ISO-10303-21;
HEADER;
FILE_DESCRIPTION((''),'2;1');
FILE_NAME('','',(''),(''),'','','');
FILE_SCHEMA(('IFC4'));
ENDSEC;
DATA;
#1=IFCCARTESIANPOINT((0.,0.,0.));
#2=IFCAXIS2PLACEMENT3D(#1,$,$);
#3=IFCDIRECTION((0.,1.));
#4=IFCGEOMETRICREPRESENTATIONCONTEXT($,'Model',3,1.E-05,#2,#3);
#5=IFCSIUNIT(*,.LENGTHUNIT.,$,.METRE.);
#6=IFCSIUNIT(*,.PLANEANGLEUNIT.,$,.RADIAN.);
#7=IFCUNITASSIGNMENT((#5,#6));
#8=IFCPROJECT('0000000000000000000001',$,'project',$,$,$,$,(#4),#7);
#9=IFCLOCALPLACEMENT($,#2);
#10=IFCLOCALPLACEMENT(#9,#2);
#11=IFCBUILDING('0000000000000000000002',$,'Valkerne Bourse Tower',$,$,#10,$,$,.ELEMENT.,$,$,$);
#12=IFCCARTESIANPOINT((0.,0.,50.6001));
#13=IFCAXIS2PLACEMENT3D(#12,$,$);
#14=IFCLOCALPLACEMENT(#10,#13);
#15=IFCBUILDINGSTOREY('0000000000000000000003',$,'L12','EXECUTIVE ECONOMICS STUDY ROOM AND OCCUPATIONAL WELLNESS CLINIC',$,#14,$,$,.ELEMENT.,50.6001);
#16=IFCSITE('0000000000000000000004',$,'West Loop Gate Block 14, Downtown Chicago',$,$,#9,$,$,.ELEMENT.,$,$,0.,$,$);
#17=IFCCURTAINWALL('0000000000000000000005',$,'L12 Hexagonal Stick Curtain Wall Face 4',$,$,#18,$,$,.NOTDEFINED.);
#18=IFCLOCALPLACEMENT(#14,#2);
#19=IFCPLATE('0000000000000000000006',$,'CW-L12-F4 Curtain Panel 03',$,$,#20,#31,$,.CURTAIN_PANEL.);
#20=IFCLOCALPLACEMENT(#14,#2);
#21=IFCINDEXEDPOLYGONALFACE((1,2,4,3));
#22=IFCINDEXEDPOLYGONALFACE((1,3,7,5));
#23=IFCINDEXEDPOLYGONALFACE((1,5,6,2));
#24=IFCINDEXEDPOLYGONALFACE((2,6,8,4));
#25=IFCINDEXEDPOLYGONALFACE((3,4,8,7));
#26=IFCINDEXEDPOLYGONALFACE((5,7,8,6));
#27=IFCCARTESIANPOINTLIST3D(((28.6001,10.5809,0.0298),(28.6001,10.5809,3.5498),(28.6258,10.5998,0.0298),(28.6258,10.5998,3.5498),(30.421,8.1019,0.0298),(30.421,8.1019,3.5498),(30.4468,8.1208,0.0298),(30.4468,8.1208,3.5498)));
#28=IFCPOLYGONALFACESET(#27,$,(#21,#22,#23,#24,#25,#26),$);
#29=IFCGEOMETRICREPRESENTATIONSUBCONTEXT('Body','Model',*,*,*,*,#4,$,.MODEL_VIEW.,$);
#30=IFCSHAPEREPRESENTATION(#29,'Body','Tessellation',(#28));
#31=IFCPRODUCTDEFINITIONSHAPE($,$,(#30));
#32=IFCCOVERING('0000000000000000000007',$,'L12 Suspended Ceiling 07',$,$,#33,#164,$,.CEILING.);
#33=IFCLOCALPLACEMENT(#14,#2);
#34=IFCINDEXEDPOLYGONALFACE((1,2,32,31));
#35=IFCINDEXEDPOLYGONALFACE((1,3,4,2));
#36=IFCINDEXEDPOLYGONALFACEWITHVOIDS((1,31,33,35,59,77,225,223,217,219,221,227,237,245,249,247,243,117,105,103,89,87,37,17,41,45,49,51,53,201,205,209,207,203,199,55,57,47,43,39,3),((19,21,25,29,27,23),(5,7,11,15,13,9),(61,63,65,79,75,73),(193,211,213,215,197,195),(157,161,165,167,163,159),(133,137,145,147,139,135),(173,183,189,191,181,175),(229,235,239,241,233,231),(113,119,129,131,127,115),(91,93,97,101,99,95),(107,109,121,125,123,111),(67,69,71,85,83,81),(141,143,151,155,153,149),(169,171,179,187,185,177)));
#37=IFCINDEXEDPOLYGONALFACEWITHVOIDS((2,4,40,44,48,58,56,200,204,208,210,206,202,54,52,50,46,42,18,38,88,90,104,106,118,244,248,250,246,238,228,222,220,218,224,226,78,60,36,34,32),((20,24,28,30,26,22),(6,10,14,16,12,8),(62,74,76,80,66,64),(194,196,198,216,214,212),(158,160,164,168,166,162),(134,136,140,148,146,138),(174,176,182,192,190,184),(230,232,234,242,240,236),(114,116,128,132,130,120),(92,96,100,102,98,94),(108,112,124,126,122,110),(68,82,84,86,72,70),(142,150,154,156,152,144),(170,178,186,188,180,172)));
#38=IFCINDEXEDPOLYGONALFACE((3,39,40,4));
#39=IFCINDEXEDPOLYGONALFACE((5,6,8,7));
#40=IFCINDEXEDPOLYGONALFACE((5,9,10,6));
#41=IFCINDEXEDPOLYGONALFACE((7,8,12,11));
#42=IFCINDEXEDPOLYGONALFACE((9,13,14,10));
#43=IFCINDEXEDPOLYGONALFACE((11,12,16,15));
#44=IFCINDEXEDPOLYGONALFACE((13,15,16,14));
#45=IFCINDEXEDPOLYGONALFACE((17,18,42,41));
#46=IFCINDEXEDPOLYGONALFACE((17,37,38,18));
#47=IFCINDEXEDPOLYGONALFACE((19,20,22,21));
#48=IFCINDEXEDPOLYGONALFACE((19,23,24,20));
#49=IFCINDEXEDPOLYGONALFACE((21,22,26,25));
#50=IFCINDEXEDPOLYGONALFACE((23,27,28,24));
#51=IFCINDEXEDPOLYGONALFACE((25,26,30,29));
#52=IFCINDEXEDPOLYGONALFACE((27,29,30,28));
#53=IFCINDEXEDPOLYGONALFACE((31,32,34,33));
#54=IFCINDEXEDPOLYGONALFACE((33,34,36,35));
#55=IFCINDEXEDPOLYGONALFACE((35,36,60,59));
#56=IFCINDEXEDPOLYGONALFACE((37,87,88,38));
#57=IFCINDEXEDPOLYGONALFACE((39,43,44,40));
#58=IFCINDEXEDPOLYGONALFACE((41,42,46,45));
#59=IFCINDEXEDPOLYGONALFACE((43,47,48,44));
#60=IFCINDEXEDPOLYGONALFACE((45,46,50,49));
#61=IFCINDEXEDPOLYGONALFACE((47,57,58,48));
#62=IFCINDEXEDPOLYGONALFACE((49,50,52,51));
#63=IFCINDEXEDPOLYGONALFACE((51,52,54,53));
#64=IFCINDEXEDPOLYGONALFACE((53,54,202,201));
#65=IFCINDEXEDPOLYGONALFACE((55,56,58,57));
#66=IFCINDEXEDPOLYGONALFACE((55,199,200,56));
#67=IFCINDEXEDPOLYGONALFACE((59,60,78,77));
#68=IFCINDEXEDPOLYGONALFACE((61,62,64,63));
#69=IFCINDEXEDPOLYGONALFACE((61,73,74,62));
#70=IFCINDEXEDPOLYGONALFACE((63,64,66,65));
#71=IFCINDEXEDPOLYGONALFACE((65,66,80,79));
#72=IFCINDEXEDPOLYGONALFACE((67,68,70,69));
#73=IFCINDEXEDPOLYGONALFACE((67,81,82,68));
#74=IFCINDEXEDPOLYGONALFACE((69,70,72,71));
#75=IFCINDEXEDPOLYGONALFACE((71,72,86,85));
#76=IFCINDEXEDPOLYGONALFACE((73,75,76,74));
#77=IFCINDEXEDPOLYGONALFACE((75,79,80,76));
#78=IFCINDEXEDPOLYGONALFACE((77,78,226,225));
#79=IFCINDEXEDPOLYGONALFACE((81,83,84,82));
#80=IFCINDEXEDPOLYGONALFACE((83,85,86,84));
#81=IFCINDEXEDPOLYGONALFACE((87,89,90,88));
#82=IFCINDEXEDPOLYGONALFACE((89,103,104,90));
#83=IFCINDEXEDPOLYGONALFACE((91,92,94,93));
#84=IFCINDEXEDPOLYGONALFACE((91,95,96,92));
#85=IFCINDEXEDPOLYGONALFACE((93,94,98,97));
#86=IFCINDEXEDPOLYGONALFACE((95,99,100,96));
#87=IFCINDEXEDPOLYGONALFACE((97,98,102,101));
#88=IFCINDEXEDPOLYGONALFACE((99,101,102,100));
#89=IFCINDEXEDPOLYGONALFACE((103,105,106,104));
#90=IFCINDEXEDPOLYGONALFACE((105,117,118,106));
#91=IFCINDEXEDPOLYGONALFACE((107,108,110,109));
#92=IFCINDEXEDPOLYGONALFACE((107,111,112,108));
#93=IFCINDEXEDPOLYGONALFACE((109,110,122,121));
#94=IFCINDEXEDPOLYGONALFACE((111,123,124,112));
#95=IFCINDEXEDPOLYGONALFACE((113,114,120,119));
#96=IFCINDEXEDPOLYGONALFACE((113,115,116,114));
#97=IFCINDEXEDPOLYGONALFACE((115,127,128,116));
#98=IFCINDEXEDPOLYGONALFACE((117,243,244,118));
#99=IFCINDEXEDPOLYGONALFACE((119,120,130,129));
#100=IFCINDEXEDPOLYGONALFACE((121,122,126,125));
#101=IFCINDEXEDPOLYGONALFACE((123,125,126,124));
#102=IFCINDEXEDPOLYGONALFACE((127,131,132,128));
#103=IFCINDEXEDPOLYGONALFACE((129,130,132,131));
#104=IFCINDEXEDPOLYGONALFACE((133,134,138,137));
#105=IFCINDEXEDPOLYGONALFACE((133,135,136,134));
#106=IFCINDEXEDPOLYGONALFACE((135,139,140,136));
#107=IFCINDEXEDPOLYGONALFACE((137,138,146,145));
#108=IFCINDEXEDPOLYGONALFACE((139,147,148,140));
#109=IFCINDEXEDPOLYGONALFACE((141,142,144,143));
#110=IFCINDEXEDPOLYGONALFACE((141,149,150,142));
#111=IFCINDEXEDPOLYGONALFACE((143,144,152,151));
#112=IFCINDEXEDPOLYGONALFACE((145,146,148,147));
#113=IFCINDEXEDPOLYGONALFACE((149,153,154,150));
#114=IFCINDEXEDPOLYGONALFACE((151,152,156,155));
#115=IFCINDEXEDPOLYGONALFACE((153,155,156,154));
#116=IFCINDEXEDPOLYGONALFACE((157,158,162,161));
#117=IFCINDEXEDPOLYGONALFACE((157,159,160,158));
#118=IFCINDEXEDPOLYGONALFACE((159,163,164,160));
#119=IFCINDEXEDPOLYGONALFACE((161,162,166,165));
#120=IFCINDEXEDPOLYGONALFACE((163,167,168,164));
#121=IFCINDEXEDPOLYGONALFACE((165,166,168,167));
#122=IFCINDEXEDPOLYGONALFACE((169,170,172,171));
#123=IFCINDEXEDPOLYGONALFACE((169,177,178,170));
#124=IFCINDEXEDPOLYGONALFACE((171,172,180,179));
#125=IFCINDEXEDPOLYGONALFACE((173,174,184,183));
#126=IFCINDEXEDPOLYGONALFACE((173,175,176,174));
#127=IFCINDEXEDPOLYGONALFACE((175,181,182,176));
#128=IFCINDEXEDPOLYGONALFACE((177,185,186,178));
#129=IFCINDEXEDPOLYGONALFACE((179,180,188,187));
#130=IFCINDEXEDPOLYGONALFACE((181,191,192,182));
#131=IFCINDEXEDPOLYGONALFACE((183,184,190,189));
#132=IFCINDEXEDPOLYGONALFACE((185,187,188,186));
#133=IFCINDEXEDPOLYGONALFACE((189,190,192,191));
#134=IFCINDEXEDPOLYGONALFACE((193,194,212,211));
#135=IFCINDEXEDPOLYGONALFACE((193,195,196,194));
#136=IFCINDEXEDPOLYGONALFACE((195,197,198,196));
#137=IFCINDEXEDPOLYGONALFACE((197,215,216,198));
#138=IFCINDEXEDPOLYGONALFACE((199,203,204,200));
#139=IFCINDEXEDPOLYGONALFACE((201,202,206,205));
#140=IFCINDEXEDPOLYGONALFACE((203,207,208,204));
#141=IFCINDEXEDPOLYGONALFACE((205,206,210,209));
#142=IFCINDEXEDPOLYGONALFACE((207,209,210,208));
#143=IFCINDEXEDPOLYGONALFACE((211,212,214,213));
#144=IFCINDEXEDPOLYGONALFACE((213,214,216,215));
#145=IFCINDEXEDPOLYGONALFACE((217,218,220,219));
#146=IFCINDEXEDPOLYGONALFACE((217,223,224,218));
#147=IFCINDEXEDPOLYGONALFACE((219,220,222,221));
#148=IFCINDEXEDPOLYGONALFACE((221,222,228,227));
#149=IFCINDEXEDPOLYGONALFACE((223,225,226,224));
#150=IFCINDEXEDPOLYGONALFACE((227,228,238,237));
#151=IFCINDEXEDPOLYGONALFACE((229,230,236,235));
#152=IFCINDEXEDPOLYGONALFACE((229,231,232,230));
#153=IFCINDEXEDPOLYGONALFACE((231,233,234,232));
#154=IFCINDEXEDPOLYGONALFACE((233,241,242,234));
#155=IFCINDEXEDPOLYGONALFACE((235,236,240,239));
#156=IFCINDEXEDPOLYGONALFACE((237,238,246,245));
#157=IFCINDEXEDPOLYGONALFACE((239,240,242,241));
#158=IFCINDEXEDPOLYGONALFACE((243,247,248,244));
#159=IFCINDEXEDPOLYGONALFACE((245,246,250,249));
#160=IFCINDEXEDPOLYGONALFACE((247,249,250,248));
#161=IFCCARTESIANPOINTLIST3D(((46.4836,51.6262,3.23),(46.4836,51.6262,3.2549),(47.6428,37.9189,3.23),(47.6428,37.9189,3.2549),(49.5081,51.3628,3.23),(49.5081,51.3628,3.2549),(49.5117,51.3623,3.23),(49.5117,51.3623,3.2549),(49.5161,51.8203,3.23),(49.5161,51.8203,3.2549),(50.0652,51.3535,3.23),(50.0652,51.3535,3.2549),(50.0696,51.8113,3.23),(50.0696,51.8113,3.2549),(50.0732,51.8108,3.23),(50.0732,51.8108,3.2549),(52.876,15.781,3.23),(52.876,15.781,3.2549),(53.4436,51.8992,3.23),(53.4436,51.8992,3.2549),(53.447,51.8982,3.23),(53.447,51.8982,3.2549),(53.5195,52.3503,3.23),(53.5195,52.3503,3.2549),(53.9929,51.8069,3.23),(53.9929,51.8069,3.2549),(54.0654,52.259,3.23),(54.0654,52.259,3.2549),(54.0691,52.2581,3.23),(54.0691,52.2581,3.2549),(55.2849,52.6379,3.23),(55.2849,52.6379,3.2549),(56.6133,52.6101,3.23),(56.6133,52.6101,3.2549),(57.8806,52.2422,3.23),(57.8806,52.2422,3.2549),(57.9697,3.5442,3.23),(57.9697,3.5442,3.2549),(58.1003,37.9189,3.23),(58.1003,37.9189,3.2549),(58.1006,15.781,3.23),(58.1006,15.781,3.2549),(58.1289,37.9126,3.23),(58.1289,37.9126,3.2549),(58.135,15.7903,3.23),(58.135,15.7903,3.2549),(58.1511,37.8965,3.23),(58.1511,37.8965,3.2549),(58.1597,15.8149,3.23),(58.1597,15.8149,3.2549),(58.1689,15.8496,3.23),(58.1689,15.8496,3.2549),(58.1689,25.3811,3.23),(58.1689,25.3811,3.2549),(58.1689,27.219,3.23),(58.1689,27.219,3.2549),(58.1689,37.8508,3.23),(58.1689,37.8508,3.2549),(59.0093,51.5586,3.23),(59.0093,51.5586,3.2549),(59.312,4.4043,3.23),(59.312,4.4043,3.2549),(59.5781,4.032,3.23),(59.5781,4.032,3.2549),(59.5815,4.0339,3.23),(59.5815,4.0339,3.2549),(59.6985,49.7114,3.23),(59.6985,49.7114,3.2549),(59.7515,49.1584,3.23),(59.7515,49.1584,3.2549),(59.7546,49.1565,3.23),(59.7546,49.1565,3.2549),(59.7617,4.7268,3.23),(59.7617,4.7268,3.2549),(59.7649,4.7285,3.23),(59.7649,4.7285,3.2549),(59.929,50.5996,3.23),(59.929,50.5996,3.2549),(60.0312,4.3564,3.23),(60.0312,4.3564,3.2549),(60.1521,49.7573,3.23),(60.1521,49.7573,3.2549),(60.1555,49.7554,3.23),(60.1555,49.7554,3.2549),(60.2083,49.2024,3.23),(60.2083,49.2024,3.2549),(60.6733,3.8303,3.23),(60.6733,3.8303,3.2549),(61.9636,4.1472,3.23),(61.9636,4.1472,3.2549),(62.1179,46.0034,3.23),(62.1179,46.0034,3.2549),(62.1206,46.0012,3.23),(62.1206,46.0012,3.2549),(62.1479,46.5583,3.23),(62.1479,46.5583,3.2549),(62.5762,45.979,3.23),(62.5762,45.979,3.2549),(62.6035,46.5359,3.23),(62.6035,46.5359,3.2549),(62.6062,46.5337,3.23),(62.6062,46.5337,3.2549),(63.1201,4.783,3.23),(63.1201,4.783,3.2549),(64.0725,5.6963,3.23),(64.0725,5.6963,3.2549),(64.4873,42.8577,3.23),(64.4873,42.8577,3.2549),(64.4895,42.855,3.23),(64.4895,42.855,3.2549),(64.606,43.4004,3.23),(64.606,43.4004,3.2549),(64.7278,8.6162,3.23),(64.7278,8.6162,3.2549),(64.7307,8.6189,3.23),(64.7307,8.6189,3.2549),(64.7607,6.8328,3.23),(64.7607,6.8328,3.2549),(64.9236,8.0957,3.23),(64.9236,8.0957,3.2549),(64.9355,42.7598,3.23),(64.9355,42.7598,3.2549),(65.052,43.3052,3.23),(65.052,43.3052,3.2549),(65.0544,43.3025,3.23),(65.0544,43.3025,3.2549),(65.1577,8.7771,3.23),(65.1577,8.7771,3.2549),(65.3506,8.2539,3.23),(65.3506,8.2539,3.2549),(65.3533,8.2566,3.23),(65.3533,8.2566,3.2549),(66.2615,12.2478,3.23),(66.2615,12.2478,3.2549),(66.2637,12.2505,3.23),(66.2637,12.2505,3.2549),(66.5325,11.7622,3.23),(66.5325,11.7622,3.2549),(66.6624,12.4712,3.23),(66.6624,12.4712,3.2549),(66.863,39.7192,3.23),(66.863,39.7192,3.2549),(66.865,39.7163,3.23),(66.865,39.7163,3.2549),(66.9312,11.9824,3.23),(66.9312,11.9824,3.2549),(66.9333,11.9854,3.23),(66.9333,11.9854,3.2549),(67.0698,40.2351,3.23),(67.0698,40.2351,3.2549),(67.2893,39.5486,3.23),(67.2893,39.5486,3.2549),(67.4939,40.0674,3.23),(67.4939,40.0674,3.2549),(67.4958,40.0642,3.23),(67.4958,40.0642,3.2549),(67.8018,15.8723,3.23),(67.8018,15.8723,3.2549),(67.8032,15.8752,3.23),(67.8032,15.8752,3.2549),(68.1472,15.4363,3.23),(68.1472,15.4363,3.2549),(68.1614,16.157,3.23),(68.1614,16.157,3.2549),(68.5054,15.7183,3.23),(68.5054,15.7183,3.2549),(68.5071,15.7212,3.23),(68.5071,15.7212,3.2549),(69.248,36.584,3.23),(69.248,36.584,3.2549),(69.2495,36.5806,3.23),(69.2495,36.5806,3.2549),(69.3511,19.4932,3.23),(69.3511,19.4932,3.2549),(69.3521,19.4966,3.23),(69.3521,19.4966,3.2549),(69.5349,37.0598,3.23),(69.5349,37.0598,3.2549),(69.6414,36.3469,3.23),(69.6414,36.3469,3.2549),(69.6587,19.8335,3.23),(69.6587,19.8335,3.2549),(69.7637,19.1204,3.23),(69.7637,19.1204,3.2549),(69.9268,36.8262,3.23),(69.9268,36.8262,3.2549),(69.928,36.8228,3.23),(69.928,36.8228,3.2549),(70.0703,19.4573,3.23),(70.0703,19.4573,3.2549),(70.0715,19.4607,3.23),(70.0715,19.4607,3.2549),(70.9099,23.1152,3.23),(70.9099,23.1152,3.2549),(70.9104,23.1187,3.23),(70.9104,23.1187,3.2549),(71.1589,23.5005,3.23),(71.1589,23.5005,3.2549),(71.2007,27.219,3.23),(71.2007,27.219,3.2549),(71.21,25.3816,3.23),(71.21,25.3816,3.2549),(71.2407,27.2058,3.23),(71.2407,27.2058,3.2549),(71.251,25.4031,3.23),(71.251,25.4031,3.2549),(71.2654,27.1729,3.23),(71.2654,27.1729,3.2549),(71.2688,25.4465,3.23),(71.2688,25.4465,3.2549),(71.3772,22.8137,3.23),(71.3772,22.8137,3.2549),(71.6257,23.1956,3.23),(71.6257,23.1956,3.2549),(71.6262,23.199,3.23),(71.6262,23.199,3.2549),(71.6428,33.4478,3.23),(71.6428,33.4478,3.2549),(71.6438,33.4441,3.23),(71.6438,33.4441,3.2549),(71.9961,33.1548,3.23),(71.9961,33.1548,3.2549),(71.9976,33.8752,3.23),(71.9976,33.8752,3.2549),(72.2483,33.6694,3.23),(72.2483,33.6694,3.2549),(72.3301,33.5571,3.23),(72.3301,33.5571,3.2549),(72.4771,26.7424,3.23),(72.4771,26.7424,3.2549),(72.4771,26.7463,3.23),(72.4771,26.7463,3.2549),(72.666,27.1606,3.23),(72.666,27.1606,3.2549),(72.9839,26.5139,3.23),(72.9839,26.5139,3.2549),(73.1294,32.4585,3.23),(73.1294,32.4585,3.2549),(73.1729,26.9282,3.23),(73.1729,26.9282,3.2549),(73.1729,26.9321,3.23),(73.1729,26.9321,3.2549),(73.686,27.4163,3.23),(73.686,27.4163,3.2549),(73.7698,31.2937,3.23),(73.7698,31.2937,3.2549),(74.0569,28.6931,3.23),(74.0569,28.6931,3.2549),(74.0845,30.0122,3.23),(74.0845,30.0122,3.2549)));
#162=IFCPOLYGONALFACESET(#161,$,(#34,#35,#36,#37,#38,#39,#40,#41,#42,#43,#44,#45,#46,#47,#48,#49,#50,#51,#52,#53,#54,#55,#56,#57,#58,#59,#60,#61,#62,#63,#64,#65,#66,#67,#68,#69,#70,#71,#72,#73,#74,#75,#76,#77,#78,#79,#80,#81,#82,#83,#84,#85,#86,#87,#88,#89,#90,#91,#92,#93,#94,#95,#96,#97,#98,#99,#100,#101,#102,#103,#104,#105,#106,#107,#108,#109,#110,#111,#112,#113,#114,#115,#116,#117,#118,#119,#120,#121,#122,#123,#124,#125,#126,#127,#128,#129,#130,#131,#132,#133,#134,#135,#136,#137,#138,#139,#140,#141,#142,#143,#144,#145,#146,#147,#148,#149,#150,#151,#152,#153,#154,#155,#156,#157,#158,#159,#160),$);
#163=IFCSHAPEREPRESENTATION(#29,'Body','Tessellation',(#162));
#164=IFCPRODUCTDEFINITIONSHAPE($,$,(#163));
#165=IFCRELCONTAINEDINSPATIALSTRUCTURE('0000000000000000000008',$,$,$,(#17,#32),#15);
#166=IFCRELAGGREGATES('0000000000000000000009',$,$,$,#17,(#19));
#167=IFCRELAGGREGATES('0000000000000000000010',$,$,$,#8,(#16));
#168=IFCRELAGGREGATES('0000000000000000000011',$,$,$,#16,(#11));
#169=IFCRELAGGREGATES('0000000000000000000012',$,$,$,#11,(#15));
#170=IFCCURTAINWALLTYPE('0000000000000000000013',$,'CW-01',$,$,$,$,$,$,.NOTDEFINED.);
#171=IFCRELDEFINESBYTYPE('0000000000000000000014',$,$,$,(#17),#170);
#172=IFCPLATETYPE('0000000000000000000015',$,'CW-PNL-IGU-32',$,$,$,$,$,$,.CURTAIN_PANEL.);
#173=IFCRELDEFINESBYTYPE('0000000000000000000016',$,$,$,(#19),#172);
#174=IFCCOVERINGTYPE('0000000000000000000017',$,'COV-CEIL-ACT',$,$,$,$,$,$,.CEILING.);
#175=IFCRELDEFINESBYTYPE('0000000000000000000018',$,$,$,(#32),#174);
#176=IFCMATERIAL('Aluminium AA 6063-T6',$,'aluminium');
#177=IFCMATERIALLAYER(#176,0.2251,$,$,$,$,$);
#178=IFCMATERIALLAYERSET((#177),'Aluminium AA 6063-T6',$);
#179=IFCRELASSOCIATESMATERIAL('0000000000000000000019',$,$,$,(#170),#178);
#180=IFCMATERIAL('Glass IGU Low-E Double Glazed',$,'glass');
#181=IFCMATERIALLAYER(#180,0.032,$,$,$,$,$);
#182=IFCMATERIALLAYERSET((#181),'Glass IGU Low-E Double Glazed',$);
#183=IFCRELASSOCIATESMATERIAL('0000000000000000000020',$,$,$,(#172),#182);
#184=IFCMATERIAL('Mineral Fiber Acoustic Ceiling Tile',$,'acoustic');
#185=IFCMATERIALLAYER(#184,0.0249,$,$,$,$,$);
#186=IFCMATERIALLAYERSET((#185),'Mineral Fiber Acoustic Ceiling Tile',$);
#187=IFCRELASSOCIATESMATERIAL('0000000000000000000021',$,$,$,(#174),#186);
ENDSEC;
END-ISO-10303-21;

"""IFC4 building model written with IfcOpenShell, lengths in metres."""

from ifc_helpers import new_model, si_unit, direction, frame, origin, origin_2d, place, context, subcontext, project, spatial, polyline, rectangle, outline, extrude, material, layer, layer_set, type_object, element, aggregate, save


model = new_model("IFC4")

# Units and contexts
model_context = context("Model", 3, precision=1e-05, world=origin(), true_north=direction((0.0, 1.0)))
body_context = subcontext(model_context, "Body", "Model", "MODEL_VIEW")
ifc_project = project(units=[si_unit("LENGTHUNIT", "METRE"), si_unit("PLANEANGLEUNIT", "RADIAN")], contexts=[model_context])

# Site, building, storey
site_placement = place(None, origin())
site = spatial("IfcSite", under=ifc_project, at=site_placement, Name="West Loop Gate Block 14, Downtown Chicago", CompositionType="ELEMENT", RefElevation=0.0)
building_placement = place(site_placement, origin())
building = spatial("IfcBuilding", under=site, at=building_placement, Name="Valkerne Bourse Tower", CompositionType="ELEMENT")
storey_placement = place(building_placement, frame((0.0, 0.0, 50.6001)))
storey = spatial("IfcBuildingStorey", under=building, at=storey_placement, Name="L12", Description="EXECUTIVE ECONOMICS STUDY ROOM AND OCCUPATIONAL WELLNESS CLINIC", CompositionType="ELEMENT", Elevation=50.6001)

# Curtain wall
ifc_material_1 = material(Name="Aluminium AA 6063-T6", Category="aluminium")
ifc_layer_1 = layer(ifc_material_1, 0.2251)
ifc_layer_set_1 = layer_set([ifc_layer_1], Name="Aluminium AA 6063-T6")
curtain_wall_type = type_object("IfcCurtainWallType", Name="CW-01", PredefinedType="NOTDEFINED", material=ifc_layer_set_1)
curtain_wall_placement = place(storey_placement, origin())
curtain_wall = element("IfcCurtainWall", 1, at=curtain_wall_placement, inside=storey, type_object=curtain_wall_type, Name="L12 Hexagonal Stick Curtain Wall Face 4", PredefinedType="NOTDEFINED")

# Plate
ifc_material_2 = material(Name="Glass IGU Low-E Double Glazed", Category="glass")
ifc_layer_2 = layer(ifc_material_2, 0.032)
ifc_layer_set_2 = layer_set([ifc_layer_2], Name="Glass IGU Low-E Double Glazed")
plate_type = type_object("IfcPlateType", Name="CW-PNL-IGU-32", PredefinedType="CURTAIN_PANEL", material=ifc_layer_set_2)
plate_1_placement = place(storey_placement, frame((29.5234, 9.3508, 0.0298), z_axis=(0.0, 0.0, 1.0), x_axis=(0.592014, -0.805927, 0.0)))
plate_1 = element("IfcPlate", 2, at=plate_1_placement, type_object=plate_type, Name="CW-L12-F4 Curtain Panel 03", PredefinedType="CURTAIN_PANEL", context=body_context, shape_type="SweptSolid", body=[
    extrude(rectangle(XDim=3.0759, YDim=0.032, at=origin_2d()), origin(), (0.0, 0.0, 1.0), 3.52),
])
aggregate(curtain_wall, [plate_1])

# Covering
ifc_material_3 = material(Name="Mineral Fiber Acoustic Ceiling Tile", Category="acoustic")
ifc_layer_3 = layer(ifc_material_3, 0.0249)
ifc_layer_set_3 = layer_set([ifc_layer_3], Name="Mineral Fiber Acoustic Ceiling Tile")
covering_type_1 = type_object("IfcCoveringType", Name="COV-CEIL-ACT", PredefinedType="CEILING", material=ifc_layer_set_3)
covering_1_placement = place(storey_placement, frame((0.0, 0.0, 3.23)))
element("IfcCovering", 3, at=covering_1_placement, inside=storey, type_object=covering_type_1, Name="L12 Suspended Ceiling 07", PredefinedType="CEILING", context=body_context, shape_type="SweptSolid", body=[
    extrude(outline(polyline([(61.9636, 4.1472), (60.6733, 3.8303), (57.9697, 3.5442), (52.876, 15.781), (58.1006, 15.781), (58.135, 15.7903), (58.1597, 15.8149), (58.1689, 15.8496), (58.1689, 25.3811), (71.21, 25.3816), (71.251, 25.4031), (71.2688, 25.4465), (71.2654, 27.1729), (71.2407, 27.2058), (71.2007, 27.219), (58.1689, 27.219), (58.1689, 37.8508), (58.1511, 37.8965), (58.1289, 37.9126), (58.1003, 37.9189), (47.6428, 37.9189), (46.4836, 51.6262), (55.2849, 52.6379), (56.6133, 52.6101), (57.8806, 52.2422), (59.0093, 51.5586), (59.929, 50.5996), (72.2483, 33.6694), (71.9976, 33.8752), (71.6428, 33.4478), (71.6438, 33.4441), (71.9961, 33.1548), (72.3301, 33.5571), (73.1294, 32.4585), (73.7698, 31.2937), (74.0845, 30.0122), (74.0569, 28.6931), (73.686, 27.4163), (64.7607, 6.8328), (64.0725, 5.6963), (63.1201, 4.783), (61.9636, 4.1472)]), holes=[polyline([(50.0732, 51.8108), (50.0696, 51.8113), (49.5161, 51.8203), (49.5081, 51.3628), (49.5117, 51.3623), (50.0652, 51.3535), (50.0732, 51.8108)]), polyline([(54.0691, 52.2581), (54.0654, 52.259), (53.5195, 52.3503), (53.4436, 51.8992), (53.447, 51.8982), (53.9929, 51.8069), (54.0691, 52.2581)]), polyline([(59.5815, 4.0339), (60.0312, 4.3564), (59.7649, 4.7285), (59.7617, 4.7268), (59.312, 4.4043), (59.5781, 4.032), (59.5815, 4.0339)]), polyline([(65.3506, 8.2539), (65.3533, 8.2566), (65.1577, 8.7771), (64.7307, 8.6189), (64.7278, 8.6162), (64.9236, 8.0957), (65.3506, 8.2539)]), polyline([(66.9333, 11.9854), (66.6624, 12.4712), (66.2637, 12.2505), (66.2615, 12.2478), (66.5325, 11.7622), (66.9312, 11.9824), (66.9333, 11.9854)]), polyline([(68.5054, 15.7183), (68.5071, 15.7212), (68.1614, 16.157), (67.8032, 15.8752), (67.8018, 15.8723), (68.1472, 15.4363), (68.5054, 15.7183)]), polyline([(70.0703, 19.4573), (70.0715, 19.4607), (69.6587, 19.8335), (69.3521, 19.4966), (69.3511, 19.4932), (69.7637, 19.1204), (70.0703, 19.4573)]), polyline([(71.6262, 23.199), (71.1589, 23.5005), (70.9104, 23.1187), (70.9099, 23.1152), (71.3772, 22.8137), (71.6257, 23.1956), (71.6262, 23.199)]), polyline([(73.1729, 26.9282), (73.1729, 26.9321), (72.666, 27.1606), (72.4771, 26.7463), (72.4771, 26.7424), (72.9839, 26.5139), (73.1729, 26.9282)]), polyline([(69.9268, 36.8262), (69.5349, 37.0598), (69.248, 36.584), (69.2495, 36.5806), (69.6414, 36.3469), (69.928, 36.8228), (69.9268, 36.8262)]), polyline([(67.4958, 40.0642), (67.4939, 40.0674), (67.0698, 40.2351), (66.863, 39.7192), (66.865, 39.7163), (67.2893, 39.5486), (67.4958, 40.0642)]), polyline([(65.0544, 43.3025), (65.052, 43.3052), (64.606, 43.4004), (64.4873, 42.8577), (64.4895, 42.855), (64.9355, 42.7598), (65.0544, 43.3025)]), polyline([(62.6035, 46.5359), (62.1479, 46.5583), (62.1179, 46.0034), (62.1206, 46.0012), (62.5762, 45.979), (62.6062, 46.5337), (62.6035, 46.5359)]), polyline([(60.2083, 49.2024), (60.1555, 49.7554), (60.1521, 49.7573), (59.6985, 49.7114), (59.7515, 49.1584), (59.7546, 49.1565), (60.2083, 49.2024)])]), origin(), (0.0, 0.0, 1.0), 0.0249),
])

save(model, "model.ifc")
